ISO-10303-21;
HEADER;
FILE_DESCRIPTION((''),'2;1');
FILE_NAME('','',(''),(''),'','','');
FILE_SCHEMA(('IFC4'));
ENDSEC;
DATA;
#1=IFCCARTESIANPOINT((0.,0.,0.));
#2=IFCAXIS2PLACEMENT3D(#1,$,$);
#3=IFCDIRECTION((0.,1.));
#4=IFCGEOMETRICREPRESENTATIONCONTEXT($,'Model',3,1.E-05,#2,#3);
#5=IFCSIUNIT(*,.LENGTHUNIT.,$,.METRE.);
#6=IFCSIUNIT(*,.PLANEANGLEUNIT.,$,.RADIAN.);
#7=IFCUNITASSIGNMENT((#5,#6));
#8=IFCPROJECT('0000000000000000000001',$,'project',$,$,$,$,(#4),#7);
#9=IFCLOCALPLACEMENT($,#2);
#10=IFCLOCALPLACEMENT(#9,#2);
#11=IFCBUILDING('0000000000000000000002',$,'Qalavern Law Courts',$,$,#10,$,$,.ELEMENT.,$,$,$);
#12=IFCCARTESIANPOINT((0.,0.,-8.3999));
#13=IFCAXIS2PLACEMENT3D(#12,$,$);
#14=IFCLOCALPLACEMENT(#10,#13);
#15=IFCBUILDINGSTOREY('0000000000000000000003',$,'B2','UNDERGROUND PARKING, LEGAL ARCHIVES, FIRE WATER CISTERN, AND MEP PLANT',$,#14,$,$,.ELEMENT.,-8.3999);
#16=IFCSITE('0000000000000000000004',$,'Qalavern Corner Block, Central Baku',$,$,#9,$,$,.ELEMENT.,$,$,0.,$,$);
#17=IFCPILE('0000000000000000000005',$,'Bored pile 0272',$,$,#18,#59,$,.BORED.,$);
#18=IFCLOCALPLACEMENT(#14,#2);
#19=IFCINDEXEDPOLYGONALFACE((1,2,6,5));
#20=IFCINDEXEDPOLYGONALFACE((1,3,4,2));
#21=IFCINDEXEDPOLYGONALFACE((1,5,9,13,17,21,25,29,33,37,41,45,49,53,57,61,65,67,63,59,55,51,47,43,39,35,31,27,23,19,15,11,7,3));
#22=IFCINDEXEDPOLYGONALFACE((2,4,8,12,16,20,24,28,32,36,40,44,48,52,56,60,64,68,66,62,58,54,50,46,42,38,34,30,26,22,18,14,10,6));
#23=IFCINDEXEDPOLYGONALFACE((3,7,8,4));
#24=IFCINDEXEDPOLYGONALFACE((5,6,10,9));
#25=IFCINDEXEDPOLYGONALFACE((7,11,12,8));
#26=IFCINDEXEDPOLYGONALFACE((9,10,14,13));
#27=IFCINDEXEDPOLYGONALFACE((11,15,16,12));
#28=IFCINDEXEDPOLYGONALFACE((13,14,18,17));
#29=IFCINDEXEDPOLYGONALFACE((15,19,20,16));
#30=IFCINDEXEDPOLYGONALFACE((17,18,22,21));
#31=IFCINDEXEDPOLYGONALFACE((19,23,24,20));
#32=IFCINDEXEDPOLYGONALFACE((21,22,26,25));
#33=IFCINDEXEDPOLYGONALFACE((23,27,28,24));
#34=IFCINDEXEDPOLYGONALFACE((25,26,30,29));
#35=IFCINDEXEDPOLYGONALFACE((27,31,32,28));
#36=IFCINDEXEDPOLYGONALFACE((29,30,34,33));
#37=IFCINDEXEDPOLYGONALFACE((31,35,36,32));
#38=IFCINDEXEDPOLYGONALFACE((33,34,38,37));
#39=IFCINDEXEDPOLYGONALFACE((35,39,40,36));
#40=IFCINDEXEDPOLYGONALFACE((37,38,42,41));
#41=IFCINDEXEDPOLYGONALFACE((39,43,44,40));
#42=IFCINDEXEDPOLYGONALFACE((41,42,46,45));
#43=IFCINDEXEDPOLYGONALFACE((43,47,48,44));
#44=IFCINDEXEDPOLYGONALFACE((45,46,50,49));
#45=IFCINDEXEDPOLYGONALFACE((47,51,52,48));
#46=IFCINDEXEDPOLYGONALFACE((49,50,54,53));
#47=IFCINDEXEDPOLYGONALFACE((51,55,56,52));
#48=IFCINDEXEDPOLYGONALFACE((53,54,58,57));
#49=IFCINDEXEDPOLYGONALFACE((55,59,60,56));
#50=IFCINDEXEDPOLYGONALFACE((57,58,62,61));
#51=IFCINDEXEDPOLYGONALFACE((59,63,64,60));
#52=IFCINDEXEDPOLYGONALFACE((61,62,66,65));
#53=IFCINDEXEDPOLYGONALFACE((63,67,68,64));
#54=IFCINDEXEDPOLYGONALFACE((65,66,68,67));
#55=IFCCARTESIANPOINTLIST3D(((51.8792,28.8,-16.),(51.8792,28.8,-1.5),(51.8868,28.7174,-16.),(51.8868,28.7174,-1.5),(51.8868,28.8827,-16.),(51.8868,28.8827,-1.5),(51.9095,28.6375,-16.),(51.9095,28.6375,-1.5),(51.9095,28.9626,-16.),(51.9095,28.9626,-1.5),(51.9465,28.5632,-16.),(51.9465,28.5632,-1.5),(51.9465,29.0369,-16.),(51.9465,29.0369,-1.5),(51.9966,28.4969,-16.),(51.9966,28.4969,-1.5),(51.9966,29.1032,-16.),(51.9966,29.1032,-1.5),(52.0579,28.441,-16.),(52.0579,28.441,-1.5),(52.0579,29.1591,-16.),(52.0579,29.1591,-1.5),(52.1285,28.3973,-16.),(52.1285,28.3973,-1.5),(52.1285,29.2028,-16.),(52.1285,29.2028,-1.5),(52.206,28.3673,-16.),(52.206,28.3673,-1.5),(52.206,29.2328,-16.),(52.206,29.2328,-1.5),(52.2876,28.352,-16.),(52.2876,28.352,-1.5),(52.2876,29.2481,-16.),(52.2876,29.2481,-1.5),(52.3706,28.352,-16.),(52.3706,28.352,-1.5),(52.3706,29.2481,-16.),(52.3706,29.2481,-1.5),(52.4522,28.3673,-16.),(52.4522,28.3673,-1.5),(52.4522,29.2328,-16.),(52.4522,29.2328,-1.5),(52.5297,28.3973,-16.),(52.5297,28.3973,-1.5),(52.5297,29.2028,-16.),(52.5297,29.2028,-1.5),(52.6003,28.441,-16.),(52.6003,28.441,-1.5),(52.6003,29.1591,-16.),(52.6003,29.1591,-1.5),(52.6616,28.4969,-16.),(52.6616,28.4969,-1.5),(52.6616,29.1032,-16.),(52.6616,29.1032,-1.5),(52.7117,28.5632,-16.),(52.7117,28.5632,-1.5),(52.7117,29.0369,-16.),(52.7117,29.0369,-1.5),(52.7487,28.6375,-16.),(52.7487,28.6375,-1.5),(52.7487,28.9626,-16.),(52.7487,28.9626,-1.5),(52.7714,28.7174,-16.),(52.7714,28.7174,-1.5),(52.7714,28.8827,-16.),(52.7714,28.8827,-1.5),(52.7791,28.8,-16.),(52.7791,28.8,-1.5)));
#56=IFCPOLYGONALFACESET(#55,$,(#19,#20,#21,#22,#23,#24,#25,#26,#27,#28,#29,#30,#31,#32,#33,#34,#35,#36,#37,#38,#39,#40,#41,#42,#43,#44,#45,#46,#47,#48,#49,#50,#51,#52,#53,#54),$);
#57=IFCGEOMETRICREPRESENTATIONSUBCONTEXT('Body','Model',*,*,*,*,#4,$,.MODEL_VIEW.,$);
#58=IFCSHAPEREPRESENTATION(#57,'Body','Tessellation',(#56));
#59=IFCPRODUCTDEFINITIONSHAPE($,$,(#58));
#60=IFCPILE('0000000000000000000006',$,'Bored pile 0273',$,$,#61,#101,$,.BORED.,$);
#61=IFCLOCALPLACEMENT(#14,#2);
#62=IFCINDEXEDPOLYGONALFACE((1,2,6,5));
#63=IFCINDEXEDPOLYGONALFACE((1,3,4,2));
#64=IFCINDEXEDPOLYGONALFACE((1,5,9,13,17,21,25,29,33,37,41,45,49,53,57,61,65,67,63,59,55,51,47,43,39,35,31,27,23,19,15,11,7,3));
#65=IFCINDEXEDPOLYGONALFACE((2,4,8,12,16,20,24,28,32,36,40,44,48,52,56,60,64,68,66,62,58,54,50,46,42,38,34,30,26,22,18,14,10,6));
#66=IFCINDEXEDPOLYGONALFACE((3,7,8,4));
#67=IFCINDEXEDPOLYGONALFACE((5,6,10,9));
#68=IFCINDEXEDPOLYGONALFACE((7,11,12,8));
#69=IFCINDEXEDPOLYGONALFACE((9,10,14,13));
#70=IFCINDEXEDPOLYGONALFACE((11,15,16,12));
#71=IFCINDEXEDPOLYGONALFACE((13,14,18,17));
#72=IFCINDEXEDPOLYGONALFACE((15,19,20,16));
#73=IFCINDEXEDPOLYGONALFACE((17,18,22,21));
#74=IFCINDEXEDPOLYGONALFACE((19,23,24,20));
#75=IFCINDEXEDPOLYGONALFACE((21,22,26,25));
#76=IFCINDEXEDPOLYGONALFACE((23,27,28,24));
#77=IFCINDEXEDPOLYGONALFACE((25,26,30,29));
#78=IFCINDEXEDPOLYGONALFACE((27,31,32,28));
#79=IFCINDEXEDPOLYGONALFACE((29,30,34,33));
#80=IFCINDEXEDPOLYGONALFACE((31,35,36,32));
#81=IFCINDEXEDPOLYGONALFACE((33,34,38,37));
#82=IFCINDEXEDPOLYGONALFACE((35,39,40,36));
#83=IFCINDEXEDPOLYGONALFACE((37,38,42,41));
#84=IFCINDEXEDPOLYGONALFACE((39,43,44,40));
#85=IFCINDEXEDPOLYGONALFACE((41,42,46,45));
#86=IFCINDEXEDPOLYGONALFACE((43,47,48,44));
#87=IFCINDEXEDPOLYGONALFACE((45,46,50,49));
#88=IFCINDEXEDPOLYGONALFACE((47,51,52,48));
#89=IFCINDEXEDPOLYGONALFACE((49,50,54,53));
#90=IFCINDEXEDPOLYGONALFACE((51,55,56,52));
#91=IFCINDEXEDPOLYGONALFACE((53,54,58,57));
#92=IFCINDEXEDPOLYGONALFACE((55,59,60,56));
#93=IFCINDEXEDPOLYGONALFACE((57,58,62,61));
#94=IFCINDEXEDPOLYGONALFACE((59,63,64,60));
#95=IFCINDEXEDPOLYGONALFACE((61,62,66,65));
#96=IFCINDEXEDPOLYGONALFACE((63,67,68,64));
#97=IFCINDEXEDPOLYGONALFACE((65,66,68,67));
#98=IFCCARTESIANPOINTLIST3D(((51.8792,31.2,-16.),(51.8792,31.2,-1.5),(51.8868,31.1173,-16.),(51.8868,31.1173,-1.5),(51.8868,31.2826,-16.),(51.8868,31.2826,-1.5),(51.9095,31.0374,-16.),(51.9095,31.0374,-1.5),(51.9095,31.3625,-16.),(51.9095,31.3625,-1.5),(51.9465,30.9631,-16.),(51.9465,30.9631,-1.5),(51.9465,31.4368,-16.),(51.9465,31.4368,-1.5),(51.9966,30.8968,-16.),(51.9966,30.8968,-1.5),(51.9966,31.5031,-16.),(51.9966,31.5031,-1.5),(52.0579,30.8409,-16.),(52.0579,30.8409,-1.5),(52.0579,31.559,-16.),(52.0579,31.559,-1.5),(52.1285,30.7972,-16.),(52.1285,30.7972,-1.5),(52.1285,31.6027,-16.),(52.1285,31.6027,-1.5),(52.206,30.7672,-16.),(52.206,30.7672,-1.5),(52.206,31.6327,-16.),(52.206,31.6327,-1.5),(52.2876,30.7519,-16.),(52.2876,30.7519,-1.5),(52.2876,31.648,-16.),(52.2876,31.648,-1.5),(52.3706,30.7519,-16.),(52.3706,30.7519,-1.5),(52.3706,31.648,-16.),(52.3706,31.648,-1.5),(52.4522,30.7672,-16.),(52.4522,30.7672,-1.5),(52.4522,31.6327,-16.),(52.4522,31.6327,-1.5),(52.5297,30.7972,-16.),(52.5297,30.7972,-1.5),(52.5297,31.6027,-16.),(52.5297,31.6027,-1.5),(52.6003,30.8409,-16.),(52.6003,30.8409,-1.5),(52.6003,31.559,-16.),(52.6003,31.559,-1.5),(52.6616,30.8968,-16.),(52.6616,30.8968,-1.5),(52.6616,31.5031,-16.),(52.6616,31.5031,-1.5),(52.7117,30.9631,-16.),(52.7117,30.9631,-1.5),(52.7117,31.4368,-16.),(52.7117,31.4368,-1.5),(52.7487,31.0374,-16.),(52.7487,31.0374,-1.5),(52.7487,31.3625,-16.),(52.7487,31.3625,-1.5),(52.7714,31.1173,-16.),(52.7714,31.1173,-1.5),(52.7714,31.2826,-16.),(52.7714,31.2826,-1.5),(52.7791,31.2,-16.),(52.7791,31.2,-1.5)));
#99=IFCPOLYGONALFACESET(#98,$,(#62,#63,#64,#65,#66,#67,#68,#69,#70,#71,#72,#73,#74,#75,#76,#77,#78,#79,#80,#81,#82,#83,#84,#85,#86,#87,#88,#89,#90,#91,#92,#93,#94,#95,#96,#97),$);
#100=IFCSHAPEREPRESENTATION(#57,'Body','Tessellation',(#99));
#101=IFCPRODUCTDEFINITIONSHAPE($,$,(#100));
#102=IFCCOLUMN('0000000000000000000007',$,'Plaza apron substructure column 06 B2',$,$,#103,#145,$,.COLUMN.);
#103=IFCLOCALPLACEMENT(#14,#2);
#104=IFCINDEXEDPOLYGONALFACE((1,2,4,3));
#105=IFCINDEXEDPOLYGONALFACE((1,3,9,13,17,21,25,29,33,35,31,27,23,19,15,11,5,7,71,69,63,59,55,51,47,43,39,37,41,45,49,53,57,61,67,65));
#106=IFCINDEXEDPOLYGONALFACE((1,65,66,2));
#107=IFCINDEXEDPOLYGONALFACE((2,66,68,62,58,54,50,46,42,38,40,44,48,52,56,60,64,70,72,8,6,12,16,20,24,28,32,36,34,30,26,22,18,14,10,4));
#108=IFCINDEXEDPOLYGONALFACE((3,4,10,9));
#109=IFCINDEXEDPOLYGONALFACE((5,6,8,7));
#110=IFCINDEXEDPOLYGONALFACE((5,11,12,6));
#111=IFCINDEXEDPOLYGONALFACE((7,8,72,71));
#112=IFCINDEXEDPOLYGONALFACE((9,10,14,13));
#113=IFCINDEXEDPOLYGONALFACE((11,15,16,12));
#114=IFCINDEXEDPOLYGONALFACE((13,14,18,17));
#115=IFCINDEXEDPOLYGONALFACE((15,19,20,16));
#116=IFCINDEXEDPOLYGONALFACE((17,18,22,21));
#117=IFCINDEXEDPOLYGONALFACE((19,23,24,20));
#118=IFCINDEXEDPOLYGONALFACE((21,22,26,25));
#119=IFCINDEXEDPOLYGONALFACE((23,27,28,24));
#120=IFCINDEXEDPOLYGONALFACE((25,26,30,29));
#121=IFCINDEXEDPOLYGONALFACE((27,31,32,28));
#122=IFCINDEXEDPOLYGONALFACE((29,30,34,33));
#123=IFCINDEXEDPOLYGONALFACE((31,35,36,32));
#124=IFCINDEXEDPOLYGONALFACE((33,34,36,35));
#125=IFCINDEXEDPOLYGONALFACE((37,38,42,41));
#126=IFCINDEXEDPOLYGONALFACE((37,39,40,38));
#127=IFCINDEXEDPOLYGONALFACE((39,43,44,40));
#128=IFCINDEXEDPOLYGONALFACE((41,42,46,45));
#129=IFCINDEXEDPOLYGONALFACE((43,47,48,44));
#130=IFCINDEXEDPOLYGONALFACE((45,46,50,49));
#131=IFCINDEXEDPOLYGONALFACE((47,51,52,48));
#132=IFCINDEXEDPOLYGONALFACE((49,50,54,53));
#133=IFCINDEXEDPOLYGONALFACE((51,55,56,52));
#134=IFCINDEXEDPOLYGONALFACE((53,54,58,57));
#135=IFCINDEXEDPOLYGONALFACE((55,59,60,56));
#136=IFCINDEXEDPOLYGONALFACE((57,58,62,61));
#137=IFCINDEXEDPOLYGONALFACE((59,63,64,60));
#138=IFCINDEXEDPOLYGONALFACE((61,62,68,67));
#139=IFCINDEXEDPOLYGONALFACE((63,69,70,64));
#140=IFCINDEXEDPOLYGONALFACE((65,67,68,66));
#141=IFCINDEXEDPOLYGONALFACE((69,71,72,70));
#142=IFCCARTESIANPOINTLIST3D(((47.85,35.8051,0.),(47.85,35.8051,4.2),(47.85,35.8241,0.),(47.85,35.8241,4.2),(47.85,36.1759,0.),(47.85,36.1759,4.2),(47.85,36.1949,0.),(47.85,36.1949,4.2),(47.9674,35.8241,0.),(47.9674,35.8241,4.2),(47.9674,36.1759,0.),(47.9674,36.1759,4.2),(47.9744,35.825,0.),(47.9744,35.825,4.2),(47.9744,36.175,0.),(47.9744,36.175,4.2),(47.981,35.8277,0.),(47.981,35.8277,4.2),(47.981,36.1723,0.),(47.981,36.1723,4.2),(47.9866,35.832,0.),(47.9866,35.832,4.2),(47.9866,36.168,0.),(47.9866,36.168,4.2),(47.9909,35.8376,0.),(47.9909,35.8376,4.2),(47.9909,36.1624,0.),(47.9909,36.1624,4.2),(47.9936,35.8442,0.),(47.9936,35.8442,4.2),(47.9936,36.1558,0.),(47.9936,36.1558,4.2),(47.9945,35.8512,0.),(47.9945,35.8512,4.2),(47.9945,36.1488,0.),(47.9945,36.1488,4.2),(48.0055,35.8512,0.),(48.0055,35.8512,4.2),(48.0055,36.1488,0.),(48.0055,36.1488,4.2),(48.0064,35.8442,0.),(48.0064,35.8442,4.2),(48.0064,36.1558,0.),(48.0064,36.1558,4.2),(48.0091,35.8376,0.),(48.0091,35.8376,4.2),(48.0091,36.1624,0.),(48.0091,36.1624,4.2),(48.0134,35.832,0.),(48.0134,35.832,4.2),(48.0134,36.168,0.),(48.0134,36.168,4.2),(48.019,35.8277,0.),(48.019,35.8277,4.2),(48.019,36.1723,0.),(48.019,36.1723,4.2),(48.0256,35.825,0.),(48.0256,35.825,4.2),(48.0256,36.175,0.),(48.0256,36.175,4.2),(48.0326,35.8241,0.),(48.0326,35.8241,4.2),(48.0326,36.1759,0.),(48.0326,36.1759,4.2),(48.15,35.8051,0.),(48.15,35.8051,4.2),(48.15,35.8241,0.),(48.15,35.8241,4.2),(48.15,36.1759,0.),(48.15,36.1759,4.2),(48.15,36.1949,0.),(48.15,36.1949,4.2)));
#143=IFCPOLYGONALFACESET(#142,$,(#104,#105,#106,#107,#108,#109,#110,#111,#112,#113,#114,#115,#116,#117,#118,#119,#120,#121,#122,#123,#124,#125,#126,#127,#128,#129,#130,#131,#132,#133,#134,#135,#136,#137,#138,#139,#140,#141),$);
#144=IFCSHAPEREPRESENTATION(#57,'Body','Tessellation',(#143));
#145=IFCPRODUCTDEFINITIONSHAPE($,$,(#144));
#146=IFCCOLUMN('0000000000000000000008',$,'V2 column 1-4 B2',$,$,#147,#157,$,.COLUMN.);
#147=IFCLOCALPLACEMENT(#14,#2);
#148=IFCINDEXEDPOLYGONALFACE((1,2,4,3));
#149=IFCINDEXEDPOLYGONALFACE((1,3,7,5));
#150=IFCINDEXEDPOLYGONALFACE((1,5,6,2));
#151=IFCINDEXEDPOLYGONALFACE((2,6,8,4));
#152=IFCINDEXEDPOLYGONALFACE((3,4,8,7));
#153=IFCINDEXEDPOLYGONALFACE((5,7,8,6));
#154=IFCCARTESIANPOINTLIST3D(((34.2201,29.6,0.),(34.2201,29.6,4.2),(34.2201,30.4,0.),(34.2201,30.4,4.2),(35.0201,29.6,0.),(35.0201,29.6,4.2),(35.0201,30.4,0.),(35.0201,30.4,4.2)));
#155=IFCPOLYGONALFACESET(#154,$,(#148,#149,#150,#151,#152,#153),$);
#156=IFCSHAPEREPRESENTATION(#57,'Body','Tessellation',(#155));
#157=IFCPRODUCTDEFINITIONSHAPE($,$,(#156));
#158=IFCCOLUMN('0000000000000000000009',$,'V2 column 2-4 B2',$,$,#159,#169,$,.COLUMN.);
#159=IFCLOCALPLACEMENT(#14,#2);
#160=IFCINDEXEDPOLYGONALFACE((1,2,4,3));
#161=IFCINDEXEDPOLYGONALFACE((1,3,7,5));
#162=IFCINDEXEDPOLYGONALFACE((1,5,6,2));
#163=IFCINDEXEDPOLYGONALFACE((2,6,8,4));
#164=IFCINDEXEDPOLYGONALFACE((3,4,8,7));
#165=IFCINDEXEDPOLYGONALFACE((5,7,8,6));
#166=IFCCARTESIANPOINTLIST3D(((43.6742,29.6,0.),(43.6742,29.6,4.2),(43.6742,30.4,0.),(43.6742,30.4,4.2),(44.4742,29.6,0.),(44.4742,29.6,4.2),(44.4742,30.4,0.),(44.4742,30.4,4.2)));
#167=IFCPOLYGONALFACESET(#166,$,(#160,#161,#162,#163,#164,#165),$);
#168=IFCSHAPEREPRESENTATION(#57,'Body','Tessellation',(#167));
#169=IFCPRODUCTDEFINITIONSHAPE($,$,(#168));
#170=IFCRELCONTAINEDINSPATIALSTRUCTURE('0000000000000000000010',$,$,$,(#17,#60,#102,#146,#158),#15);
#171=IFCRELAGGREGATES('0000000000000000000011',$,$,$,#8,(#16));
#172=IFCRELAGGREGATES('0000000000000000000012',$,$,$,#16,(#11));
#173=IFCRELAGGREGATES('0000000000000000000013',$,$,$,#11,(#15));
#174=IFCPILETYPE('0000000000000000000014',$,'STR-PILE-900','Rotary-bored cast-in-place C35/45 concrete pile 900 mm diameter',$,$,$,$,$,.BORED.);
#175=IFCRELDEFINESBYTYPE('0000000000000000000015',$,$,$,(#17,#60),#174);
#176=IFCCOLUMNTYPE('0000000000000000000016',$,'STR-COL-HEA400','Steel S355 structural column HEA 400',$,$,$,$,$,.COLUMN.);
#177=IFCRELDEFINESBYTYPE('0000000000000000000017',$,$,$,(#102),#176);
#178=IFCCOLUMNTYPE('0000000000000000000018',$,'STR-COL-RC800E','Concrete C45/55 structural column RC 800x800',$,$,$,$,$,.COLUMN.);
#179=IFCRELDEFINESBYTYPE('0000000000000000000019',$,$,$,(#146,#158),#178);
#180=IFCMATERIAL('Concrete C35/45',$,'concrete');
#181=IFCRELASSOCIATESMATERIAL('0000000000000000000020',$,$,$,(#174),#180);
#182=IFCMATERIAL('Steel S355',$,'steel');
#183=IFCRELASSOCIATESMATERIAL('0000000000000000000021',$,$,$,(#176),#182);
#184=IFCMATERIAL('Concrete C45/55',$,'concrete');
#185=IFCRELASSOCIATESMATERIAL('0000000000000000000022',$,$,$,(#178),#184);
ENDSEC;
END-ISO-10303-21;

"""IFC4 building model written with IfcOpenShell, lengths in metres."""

from ifc_helpers import new_model, si_unit, direction, frame, origin, origin_2d, place, context, subcontext, project, spatial, rectangle, circle, i_section, extrude, material, material_profile, profile_set, type_object, element, save


model = new_model("IFC4")

# Units and contexts
model_context = context("Model", 3, precision=1e-05, world=origin(), true_north=direction((0.0, 1.0)))
body_context = subcontext(model_context, "Body", "Model", "MODEL_VIEW")
ifc_project = project(units=[si_unit("LENGTHUNIT", "METRE"), si_unit("PLANEANGLEUNIT", "RADIAN")], contexts=[model_context])

# Site, building, storey
site_placement = place(None, origin())
site = spatial("IfcSite", under=ifc_project, at=site_placement, Name="Qalavern Corner Block, Central Baku", CompositionType="ELEMENT", RefElevation=0.0)
building_placement = place(site_placement, origin())
building = spatial("IfcBuilding", under=site, at=building_placement, Name="Qalavern Law Courts", CompositionType="ELEMENT")
storey_placement = place(building_placement, frame((0.0, 0.0, -8.3999)))
storey = spatial("IfcBuildingStorey", under=building, at=storey_placement, Name="B2", Description="UNDERGROUND PARKING, LEGAL ARCHIVES, FIRE WATER CISTERN, AND MEP PLANT", CompositionType="ELEMENT", Elevation=-8.3999)

# Shared definitions
ifc_material_1 = material(Name="Concrete C35/45", Category="concrete")

# Piles
ifc_material_profile_1 = material_profile(ifc_material_1, circle(Radius=0.45, at=origin_2d()), Name="BORED PILE 900")
ifc_profile_set_1 = profile_set([ifc_material_profile_1], Name="Concrete C35/45")
pile_type_1 = type_object("IfcPileType", Name="STR-PILE-900", Description="Rotary-bored cast-in-place C35/45 concrete pile 900 mm diameter", PredefinedType="BORED", material=ifc_profile_set_1)
for number, where, z_axis, x_axis, name in (
    (1, (52.3291, 28.8, -1.5), (0.0, 0.0, -1.0), (1.0, 0.0, 0.0), "Bored pile 0272"),
    (2, (52.3291, 31.2, -1.5), (0.0, 0.0, -1.0), (1.0, 0.0, 0.0), "Bored pile 0273"),
):
    element("IfcPile", number, at=place(storey_placement, frame(where, z_axis=z_axis, x_axis=x_axis)), inside=storey, type_object=pile_type_1, Name=name, PredefinedType="BORED", context=body_context, shape_type="SweptSolid", body=[
        extrude(circle(Radius=0.45, at=origin_2d()), origin(), (0.0, 0.0, 1.0), 14.5),
    ])

# Columns
ifc_material_2 = material(Name="Steel S355", Category="steel")
ifc_material_profile_2 = material_profile(ifc_material_2, i_section(OverallWidth=0.3, OverallDepth=0.3899, WebThickness=0.011, FlangeThickness=0.019, FilletRadius=0.0271, at=origin_2d()), Name="HEA 400")
ifc_profile_set_2 = profile_set([ifc_material_profile_2], Name="Steel S355")
column_type_1 = type_object("IfcColumnType", Name="STR-COL-HEA400", Description="Steel S355 structural column HEA 400", PredefinedType="COLUMN", material=ifc_profile_set_2)
column_placement = place(storey_placement, frame((48.0, 36.0, 0.0), z_axis=(0.0, 0.0, 1.0), x_axis=(1.0, 0.0, 0.0)))
element("IfcColumn", 3, at=column_placement, inside=storey, type_object=column_type_1, Name="Plaza apron substructure column 06 B2", PredefinedType="COLUMN", context=body_context, shape_type="SweptSolid", body=[
    extrude(i_section(OverallWidth=0.3, OverallDepth=0.3899, WebThickness=0.011, FlangeThickness=0.019, FilletRadius=0.0271, at=origin_2d()), origin(), (0.0, 0.0, 1.0), 4.2),
])
ifc_material_3 = material(Name="Concrete C45/55", Category="concrete")
ifc_material_profile_3 = material_profile(ifc_material_3, rectangle(XDim=0.8, YDim=0.8, at=origin_2d()), Name="RC 800x800")
ifc_profile_set_3 = profile_set([ifc_material_profile_3], Name="Concrete C45/55")
column_type_2 = type_object("IfcColumnType", Name="STR-COL-RC800E", Description="Concrete C45/55 structural column RC 800x800", PredefinedType="COLUMN", material=ifc_profile_set_3)
for number, where, z_axis, x_axis, name in (
    (4, (34.6201, 30.0, 0.0), (0.0, 0.0, 1.0), (1.0, 0.0, 0.0), "V2 column 1-4 B2"),
    (5, (44.0742, 30.0, 0.0), (0.0, 0.0, 1.0), (1.0, 0.0, 0.0), "V2 column 2-4 B2"),
):
    element("IfcColumn", number, at=place(storey_placement, frame(where, z_axis=z_axis, x_axis=x_axis)), inside=storey, type_object=column_type_2, Name=name, PredefinedType="COLUMN", context=body_context, shape_type="SweptSolid", body=[
        extrude(rectangle(XDim=0.8, YDim=0.8, at=origin_2d()), origin(), (0.0, 0.0, 1.0), 4.2),
    ])

save(model, "model.ifc")
